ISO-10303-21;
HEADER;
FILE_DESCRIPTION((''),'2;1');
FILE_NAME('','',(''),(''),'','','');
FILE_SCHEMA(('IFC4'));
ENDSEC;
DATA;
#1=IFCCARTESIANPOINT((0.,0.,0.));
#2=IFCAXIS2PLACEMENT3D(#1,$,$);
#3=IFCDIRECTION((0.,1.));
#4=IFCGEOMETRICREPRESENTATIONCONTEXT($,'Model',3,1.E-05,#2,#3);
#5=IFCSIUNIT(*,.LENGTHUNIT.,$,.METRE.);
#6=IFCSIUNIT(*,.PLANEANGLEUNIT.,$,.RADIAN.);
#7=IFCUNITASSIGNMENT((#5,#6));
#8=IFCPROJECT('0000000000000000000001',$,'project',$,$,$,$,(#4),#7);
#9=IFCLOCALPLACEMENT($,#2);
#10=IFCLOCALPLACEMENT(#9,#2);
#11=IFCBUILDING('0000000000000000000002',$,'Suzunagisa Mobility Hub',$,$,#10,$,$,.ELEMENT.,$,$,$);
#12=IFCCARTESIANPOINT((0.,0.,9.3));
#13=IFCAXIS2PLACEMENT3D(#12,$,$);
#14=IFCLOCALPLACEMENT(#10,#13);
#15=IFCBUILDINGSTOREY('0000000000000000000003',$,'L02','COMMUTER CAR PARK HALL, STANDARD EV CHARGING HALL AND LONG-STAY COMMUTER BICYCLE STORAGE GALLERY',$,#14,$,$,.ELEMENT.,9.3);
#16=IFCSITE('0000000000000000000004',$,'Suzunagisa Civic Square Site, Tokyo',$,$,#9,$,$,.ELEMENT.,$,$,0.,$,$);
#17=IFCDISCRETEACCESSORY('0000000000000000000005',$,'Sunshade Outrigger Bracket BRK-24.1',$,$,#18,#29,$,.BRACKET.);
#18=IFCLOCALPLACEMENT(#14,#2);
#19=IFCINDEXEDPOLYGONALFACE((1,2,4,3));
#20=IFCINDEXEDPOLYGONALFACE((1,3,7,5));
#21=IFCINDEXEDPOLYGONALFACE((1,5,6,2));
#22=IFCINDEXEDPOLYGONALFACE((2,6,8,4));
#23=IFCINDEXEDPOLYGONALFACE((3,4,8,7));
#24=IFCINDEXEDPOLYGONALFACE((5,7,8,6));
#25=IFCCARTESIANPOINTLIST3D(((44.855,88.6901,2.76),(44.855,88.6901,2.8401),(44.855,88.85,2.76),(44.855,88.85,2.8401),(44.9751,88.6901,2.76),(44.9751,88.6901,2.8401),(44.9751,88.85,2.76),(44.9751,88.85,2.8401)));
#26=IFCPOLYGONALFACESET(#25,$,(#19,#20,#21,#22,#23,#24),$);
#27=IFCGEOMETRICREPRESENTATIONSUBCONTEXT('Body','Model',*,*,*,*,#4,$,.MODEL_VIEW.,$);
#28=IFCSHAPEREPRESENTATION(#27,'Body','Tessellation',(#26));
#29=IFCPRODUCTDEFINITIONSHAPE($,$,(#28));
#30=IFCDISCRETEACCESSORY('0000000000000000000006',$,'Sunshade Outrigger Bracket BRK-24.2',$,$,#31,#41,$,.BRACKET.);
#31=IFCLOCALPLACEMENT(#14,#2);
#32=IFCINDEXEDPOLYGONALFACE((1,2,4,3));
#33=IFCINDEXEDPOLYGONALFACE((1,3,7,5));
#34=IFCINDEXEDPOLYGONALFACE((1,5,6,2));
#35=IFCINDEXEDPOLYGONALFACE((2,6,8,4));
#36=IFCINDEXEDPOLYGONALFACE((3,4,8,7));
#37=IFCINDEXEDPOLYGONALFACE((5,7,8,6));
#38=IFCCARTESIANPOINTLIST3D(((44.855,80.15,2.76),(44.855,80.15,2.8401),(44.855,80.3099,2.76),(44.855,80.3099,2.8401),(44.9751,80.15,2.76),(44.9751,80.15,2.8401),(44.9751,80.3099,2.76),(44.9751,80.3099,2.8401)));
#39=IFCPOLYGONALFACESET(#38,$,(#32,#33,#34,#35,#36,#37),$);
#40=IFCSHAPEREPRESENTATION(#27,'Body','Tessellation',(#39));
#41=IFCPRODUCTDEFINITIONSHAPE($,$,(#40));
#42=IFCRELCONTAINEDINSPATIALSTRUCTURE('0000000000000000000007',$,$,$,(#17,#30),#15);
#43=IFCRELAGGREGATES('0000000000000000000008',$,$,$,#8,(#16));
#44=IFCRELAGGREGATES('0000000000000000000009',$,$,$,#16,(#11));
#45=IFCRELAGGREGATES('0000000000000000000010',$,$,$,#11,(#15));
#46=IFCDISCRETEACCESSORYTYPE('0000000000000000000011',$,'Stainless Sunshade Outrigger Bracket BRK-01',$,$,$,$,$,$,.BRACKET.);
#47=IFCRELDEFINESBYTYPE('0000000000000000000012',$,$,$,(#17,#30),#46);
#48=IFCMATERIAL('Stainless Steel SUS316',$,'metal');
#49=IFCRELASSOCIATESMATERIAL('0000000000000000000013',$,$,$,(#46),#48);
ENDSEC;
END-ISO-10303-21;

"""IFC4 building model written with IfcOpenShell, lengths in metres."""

from ifc_helpers import new_model, si_unit, direction, frame, origin, origin_2d, place, context, subcontext, project, spatial, rectangle, extrude, material, type_object, element, save


model = new_model("IFC4")

# Units and contexts
model_context = context("Model", 3, precision=1e-05, world=origin(), true_north=direction((0.0, 1.0)))
body_context = subcontext(model_context, "Body", "Model", "MODEL_VIEW")
ifc_project = project(units=[si_unit("LENGTHUNIT", "METRE"), si_unit("PLANEANGLEUNIT", "RADIAN")], contexts=[model_context])

# Site, building, storey
site_placement = place(None, origin())
site = spatial("IfcSite", under=ifc_project, at=site_placement, Name="Suzunagisa Civic Square Site, Tokyo", CompositionType="ELEMENT", RefElevation=0.0)
building_placement = place(site_placement, origin())
building = spatial("IfcBuilding", under=site, at=building_placement, Name="Suzunagisa Mobility Hub", CompositionType="ELEMENT")
storey_placement = place(building_placement, frame((0.0, 0.0, 9.3)))
storey = spatial("IfcBuildingStorey", under=building, at=storey_placement, Name="L02", Description="COMMUTER CAR PARK HALL, STANDARD EV CHARGING HALL AND LONG-STAY COMMUTER BICYCLE STORAGE GALLERY", CompositionType="ELEMENT", Elevation=9.3)

# Discrete accessories
ifc_material_1 = material(Name="Stainless Steel SUS316", Category="metal")
discrete_accessory_type = type_object("IfcDiscreteAccessoryType", Name="Stainless Sunshade Outrigger Bracket BRK-01", PredefinedType="BRACKET", material=ifc_material_1)
for number, where, z_axis, x_axis, name in (
    (1, (44.915, 88.77, 2.76), (0.0, 0.0, 1.0), (0.0, -1.0, 0.0), "Sunshade Outrigger Bracket BRK-24.1"),
    (2, (44.915, 80.23, 2.76), (0.0, 0.0, 1.0), (0.0, -1.0, 0.0), "Sunshade Outrigger Bracket BRK-24.2"),
):
    element("IfcDiscreteAccessory", number, at=place(storey_placement, frame(where, z_axis=z_axis, x_axis=x_axis)), inside=storey, type_object=discrete_accessory_type, Name=name, PredefinedType="BRACKET", context=body_context, shape_type="SweptSolid", body=[
        extrude(rectangle(XDim=0.1599, YDim=0.1201, at=origin_2d()), origin(), (0.0, 0.0, 1.0), 0.0801),
    ])

save(model, "model.ifc")
